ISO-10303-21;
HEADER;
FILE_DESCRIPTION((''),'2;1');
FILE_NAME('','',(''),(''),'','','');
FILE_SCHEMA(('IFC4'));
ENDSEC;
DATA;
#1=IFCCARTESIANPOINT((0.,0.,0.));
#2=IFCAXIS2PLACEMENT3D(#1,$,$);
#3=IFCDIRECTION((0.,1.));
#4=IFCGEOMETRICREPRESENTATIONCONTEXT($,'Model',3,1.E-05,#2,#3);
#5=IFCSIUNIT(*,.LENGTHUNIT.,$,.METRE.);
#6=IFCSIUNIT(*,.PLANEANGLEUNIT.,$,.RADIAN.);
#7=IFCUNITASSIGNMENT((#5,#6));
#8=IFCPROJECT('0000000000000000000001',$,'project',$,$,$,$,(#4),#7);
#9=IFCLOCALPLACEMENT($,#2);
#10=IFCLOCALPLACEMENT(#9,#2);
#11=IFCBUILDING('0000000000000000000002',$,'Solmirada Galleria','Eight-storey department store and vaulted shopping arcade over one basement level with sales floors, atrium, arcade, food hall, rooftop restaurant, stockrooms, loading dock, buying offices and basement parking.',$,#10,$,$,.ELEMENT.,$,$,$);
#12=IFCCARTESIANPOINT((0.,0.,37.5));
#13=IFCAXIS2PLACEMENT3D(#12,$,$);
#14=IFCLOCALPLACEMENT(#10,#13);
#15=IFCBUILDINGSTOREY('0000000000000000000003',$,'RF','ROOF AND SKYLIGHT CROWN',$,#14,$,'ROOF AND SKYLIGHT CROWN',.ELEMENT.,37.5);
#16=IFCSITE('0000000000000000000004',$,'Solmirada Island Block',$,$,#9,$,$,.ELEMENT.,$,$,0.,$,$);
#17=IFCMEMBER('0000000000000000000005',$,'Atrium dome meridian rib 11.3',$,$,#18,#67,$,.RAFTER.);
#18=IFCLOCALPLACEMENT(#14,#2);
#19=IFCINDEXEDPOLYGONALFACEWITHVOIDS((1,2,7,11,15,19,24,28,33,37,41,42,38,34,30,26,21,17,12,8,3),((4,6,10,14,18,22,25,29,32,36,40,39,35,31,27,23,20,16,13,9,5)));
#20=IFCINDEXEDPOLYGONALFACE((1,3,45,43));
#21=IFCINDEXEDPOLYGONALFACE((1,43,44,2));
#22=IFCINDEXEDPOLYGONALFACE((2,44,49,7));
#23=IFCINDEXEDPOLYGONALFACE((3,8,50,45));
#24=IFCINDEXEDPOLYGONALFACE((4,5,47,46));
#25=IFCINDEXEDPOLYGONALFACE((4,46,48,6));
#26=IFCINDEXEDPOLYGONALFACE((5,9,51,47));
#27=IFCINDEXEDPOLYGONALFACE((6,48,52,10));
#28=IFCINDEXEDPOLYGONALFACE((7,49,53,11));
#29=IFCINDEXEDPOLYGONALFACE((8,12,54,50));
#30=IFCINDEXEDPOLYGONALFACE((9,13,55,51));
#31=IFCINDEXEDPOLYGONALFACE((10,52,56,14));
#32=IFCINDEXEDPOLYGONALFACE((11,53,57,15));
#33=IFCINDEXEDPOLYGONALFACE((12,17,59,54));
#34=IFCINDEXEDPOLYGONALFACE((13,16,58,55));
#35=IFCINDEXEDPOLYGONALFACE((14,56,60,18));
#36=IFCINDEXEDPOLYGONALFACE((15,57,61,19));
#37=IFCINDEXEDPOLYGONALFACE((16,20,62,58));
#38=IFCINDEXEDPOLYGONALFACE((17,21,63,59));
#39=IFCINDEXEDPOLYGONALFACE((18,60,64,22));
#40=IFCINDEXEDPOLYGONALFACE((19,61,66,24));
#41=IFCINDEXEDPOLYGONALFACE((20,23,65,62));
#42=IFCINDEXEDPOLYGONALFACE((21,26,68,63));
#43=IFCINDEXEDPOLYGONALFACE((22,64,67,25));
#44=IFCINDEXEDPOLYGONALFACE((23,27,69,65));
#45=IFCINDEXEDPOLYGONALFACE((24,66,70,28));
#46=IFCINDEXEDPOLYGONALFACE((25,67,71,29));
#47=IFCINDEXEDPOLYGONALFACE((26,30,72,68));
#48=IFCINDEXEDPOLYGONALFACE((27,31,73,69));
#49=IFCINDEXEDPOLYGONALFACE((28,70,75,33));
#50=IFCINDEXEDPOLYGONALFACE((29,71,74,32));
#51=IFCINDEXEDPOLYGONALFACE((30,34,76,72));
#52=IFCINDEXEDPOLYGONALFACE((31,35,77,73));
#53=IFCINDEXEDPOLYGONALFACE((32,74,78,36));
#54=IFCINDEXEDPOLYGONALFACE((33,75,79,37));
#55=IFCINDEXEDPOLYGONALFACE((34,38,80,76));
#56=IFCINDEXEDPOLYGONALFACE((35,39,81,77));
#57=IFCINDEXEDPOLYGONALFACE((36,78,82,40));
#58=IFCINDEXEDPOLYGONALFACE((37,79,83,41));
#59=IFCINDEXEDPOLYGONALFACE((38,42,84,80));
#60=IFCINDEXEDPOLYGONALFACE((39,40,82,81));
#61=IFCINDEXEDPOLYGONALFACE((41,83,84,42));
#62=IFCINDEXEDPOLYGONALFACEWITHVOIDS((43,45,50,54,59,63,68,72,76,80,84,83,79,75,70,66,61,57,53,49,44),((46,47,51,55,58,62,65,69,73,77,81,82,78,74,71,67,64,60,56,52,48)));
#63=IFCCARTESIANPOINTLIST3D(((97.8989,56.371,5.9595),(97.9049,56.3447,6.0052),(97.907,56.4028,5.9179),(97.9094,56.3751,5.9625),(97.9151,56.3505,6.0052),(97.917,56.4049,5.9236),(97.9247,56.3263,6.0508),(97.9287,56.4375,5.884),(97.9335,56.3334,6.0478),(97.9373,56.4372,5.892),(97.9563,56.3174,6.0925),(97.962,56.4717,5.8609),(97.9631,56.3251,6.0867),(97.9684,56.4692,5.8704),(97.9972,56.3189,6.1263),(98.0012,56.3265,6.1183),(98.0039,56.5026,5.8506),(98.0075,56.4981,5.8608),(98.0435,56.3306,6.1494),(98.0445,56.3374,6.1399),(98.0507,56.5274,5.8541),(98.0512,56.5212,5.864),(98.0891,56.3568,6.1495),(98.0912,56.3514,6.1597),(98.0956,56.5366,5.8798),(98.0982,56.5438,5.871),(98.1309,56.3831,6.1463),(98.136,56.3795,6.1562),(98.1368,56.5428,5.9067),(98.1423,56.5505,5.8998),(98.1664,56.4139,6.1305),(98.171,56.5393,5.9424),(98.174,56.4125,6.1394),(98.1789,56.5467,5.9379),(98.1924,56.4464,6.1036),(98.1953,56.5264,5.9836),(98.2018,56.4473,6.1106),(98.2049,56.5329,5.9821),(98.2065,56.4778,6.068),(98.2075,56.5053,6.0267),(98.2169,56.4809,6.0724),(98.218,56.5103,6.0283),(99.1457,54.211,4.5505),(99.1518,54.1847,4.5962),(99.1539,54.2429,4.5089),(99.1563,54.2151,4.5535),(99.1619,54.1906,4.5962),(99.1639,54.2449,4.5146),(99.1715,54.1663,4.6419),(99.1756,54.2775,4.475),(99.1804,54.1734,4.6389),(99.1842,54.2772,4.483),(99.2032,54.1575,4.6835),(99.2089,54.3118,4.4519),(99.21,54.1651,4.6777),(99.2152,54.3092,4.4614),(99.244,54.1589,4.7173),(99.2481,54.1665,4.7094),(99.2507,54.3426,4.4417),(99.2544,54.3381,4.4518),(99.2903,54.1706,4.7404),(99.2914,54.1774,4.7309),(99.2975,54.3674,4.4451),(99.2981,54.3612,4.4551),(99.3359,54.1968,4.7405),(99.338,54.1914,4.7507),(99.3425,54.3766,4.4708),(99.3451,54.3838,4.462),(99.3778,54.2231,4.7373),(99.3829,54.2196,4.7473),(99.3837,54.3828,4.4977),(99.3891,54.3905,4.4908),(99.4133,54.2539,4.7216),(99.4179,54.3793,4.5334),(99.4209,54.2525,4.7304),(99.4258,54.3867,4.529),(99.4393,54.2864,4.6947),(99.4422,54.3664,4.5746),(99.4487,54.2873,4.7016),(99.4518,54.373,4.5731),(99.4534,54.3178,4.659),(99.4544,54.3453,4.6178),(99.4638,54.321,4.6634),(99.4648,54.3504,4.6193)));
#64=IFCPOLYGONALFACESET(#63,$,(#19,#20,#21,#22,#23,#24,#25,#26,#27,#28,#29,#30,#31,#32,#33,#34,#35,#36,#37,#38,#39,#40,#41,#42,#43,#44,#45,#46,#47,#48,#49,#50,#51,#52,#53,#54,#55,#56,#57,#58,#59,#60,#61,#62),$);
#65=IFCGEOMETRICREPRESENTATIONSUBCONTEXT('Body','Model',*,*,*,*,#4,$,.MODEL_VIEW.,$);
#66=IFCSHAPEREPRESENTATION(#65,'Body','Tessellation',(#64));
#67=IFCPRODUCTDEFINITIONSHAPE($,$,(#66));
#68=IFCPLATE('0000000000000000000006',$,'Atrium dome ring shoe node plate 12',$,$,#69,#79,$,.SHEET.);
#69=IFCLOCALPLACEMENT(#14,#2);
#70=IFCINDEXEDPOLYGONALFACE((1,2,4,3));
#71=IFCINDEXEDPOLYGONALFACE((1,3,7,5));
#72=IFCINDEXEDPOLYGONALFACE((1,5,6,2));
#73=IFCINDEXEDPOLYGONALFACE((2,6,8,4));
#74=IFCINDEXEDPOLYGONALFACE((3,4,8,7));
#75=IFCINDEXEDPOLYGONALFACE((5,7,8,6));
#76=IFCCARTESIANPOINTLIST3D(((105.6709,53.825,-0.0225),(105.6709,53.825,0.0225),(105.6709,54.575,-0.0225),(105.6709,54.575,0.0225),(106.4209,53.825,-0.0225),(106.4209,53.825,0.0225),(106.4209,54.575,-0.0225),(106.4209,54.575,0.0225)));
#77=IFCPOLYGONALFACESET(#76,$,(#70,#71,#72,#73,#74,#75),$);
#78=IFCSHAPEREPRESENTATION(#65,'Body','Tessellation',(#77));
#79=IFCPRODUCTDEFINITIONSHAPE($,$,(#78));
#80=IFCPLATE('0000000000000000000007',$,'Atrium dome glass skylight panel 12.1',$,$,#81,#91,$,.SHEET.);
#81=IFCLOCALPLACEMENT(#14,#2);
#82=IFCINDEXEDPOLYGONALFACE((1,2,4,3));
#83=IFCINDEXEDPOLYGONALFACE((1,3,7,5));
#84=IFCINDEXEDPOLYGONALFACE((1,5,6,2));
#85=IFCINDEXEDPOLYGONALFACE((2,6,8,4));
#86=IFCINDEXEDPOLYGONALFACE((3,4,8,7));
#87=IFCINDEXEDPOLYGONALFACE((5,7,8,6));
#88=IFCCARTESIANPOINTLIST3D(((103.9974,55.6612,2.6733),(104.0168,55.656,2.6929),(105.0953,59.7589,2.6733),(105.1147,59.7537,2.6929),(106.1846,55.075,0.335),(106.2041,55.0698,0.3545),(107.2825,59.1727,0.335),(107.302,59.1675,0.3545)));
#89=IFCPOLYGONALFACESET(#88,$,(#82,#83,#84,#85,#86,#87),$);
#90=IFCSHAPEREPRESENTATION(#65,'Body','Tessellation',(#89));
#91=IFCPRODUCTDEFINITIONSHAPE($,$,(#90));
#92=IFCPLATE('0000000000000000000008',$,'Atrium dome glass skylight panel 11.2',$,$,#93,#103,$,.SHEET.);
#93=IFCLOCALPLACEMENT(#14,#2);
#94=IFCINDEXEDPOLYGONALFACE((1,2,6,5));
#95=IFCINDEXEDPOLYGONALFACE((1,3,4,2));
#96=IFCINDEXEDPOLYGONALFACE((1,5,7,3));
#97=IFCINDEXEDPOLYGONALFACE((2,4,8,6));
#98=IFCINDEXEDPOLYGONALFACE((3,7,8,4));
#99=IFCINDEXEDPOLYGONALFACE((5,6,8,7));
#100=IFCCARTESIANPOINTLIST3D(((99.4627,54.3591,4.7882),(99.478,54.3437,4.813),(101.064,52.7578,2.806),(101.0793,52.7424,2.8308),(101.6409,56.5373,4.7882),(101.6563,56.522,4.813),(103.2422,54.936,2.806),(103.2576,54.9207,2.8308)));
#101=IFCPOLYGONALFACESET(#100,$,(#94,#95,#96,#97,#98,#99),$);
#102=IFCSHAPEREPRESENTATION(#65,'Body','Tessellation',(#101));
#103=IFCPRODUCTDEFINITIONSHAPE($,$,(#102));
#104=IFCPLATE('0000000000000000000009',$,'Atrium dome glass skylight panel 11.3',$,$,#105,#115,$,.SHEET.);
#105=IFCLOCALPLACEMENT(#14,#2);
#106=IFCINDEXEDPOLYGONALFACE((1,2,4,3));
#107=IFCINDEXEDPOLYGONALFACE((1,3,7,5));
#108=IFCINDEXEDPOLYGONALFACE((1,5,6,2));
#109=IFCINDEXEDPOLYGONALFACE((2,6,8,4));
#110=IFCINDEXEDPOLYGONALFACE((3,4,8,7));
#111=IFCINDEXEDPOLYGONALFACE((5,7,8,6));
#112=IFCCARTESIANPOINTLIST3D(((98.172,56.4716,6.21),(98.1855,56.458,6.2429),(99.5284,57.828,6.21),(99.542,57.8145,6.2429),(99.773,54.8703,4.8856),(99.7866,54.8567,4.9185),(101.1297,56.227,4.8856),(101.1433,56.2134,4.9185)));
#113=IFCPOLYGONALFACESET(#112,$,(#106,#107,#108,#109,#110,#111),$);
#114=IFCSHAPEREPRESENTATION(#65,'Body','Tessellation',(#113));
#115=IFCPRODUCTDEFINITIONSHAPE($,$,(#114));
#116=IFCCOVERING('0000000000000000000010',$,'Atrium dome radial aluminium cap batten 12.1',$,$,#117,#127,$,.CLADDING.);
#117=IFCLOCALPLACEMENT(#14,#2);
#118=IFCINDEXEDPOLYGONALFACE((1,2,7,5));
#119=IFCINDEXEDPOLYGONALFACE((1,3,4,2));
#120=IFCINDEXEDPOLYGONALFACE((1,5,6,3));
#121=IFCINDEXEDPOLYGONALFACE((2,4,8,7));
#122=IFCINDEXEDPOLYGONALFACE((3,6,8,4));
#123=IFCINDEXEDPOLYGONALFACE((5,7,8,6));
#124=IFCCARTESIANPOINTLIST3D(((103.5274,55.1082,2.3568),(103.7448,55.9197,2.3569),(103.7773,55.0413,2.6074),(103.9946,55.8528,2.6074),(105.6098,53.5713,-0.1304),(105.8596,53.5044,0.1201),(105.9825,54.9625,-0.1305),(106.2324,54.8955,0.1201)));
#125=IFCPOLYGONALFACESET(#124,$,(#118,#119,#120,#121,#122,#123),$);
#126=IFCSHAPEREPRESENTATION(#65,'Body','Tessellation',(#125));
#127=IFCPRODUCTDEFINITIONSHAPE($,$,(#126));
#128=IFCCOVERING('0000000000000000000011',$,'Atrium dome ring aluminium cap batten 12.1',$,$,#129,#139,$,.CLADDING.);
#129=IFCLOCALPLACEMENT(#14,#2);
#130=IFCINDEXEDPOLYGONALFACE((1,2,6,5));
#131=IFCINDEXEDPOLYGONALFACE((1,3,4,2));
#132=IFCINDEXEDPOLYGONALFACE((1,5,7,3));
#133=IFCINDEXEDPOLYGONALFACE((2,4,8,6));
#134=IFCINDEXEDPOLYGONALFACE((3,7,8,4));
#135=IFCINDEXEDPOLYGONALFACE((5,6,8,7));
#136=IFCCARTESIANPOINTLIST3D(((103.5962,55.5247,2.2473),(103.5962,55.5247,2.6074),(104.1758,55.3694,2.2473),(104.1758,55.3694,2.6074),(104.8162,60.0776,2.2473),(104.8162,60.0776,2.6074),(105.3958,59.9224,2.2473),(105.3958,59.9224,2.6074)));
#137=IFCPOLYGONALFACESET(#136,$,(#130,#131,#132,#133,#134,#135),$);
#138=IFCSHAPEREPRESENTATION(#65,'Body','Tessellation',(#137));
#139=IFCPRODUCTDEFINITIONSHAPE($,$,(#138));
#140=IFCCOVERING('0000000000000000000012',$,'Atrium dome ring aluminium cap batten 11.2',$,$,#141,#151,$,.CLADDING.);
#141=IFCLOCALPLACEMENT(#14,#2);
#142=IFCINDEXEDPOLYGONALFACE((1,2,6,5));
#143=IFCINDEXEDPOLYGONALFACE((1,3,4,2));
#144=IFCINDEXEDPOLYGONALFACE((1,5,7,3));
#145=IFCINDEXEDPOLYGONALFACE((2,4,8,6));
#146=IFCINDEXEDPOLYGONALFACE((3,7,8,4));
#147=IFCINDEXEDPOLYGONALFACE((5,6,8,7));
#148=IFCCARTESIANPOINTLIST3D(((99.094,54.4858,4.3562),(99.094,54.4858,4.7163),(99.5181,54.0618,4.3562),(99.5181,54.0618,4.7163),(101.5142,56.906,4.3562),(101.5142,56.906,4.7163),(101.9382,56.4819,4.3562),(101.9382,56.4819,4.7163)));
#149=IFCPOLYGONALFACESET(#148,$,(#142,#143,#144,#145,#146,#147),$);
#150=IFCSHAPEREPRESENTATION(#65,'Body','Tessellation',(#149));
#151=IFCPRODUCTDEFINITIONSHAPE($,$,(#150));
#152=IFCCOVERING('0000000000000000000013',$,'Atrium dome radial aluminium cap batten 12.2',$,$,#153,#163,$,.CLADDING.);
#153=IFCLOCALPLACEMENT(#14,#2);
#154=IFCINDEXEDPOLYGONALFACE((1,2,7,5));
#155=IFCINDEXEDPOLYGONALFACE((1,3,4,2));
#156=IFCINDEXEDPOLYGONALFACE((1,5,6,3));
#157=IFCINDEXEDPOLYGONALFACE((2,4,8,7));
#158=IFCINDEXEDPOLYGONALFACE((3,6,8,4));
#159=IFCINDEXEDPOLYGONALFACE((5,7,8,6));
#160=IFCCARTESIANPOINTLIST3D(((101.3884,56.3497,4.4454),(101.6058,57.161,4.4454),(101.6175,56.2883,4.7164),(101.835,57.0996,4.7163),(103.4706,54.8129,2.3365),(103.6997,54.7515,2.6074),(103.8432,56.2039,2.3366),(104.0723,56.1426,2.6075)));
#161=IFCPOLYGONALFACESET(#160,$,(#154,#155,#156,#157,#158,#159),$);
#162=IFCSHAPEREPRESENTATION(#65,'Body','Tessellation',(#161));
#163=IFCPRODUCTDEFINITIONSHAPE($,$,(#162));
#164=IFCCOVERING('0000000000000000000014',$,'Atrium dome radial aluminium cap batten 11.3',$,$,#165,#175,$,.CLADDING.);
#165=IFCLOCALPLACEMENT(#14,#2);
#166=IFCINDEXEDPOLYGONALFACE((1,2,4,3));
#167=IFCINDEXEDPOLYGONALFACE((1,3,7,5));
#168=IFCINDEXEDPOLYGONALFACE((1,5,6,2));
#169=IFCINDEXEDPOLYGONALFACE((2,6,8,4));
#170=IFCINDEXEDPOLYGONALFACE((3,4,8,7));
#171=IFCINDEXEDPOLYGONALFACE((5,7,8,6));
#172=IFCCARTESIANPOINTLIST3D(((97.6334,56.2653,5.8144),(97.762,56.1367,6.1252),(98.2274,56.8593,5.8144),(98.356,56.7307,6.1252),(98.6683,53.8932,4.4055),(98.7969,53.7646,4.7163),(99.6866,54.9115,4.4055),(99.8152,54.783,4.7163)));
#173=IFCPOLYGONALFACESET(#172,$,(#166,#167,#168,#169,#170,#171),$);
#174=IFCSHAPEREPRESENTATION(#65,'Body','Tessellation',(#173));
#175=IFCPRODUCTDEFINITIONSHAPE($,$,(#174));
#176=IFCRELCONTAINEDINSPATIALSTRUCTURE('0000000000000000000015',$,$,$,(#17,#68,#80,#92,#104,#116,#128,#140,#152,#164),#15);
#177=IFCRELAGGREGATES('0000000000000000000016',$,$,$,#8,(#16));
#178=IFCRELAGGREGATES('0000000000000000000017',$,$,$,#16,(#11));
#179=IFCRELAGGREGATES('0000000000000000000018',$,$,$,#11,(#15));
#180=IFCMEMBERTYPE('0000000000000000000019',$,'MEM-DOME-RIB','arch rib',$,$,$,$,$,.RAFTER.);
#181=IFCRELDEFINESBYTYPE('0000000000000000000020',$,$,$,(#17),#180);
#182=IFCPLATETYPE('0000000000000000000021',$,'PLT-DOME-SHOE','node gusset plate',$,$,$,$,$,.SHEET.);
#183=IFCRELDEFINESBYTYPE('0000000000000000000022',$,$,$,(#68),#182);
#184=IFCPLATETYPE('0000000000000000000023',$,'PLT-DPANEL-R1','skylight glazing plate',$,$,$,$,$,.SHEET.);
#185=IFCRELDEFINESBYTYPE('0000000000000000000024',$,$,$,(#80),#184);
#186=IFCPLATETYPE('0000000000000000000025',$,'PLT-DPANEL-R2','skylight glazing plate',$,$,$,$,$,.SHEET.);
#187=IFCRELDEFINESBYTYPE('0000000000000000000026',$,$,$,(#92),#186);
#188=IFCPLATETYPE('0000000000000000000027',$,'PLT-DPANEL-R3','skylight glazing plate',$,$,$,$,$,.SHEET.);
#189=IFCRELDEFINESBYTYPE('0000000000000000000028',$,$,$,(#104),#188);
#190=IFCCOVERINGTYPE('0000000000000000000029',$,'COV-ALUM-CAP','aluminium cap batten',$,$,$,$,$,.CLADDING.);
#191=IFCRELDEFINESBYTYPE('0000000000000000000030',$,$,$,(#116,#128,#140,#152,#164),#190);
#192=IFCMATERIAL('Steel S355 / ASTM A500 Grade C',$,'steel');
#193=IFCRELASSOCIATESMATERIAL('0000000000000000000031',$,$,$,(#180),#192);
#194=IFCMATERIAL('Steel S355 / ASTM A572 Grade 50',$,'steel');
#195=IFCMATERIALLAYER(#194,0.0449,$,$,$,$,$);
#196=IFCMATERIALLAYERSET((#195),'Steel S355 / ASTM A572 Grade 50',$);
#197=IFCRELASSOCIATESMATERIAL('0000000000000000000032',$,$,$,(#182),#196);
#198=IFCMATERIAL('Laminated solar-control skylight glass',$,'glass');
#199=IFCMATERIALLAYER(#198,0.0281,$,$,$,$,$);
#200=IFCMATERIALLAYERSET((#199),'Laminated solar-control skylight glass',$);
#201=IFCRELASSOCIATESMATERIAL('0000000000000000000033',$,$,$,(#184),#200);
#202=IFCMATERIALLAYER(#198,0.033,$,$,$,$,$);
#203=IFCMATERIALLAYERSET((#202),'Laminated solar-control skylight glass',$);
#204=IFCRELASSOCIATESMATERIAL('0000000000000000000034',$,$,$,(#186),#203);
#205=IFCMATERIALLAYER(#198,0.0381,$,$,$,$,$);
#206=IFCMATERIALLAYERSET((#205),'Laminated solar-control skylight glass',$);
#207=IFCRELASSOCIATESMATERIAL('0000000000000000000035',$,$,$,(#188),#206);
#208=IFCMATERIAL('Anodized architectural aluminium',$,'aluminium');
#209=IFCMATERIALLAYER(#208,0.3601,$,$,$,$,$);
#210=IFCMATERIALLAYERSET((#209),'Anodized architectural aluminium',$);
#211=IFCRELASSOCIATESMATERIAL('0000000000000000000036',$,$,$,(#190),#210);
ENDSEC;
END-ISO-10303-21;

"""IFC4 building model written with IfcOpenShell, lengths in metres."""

from ifc_helpers import new_model, si_unit, direction, frame, origin, origin_2d, place, context, subcontext, project, spatial, polyline, rectangle, hollow_circle, outline, extrude, material, layer, layer_set, material_profile, profile_set, type_object, element, save


model = new_model("IFC4")

# Units and contexts
model_context = context("Model", 3, precision=1e-05, world=origin(), true_north=direction((0.0, 1.0)))
body_context = subcontext(model_context, "Body", "Model", "MODEL_VIEW")
ifc_project = project(units=[si_unit("LENGTHUNIT", "METRE"), si_unit("PLANEANGLEUNIT", "RADIAN")], contexts=[model_context])

# Site, building, storey
site_placement = place(None, origin())
site = spatial("IfcSite", under=ifc_project, at=site_placement, Name="Solmirada Island Block", CompositionType="ELEMENT", RefElevation=0.0)
building_placement = place(site_placement, origin())
building = spatial("IfcBuilding", under=site, at=building_placement, Name="Solmirada Galleria", Description="Eight-storey department store and vaulted shopping arcade over one basement level with sales floors, atrium, arcade, food hall, rooftop restaurant, stockrooms, loading dock, buying offices and basement parking.", CompositionType="ELEMENT")
storey_placement = place(building_placement, frame((0.0, 0.0, 37.5)))
storey = spatial("IfcBuildingStorey", under=building, at=storey_placement, Name="RF", Description="ROOF AND SKYLIGHT CROWN", LongName="ROOF AND SKYLIGHT CROWN", CompositionType="ELEMENT", Elevation=37.5)

# Member
ifc_material_1 = material(Name="Steel S355 / ASTM A500 Grade C", Category="steel")
ifc_material_profile_1 = material_profile(ifc_material_1, hollow_circle(Radius=0.178, WallThickness=0.0117, at=origin_2d()), Name="HSS14.000X0.500")
ifc_profile_set_1 = profile_set([ifc_material_profile_1], Name="Steel S355 / ASTM A500 Grade C")
member_type_1 = type_object("IfcMemberType", Name="MEM-DOME-RIB", Description="arch rib", PredefinedType="RAFTER", material=ifc_profile_set_1)
member_1_placement = place(storey_placement, frame((99.3059, 54.2737, 4.5962), z_axis=(-0.435281, 0.754049, 0.491875), x_axis=(-0.86606, -0.49994, 0.0)))
element("IfcMember", 1, at=member_1_placement, inside=storey, type_object=member_type_1, Name="Atrium dome meridian rib 11.3", PredefinedType="RAFTER", context=body_context, shape_type="SweptSolid", body=[
    extrude(hollow_circle(Radius=0.178, WallThickness=0.0117, at=origin_2d()), origin(), (0.0, 0.0, 1.0), 2.8645),
])

# Plates
ifc_material_2 = material(Name="Steel S355 / ASTM A572 Grade 50", Category="steel")
ifc_layer_1 = layer(ifc_material_2, 0.0449)
ifc_layer_set_1 = layer_set([ifc_layer_1], Name="Steel S355 / ASTM A572 Grade 50")
plate_type_1 = type_object("IfcPlateType", Name="PLT-DOME-SHOE", Description="node gusset plate", PredefinedType="SHEET", material=ifc_layer_set_1)
plate_1_placement = place(storey_placement, frame((106.0459, 54.2, -0.0225), z_axis=(0.0, 0.0, 1.0), x_axis=(1.0, 0.0, 0.0)))
element("IfcPlate", 2, at=plate_1_placement, inside=storey, type_object=plate_type_1, Name="Atrium dome ring shoe node plate 12", PredefinedType="SHEET", context=body_context, shape_type="SweptSolid", body=[
    extrude(rectangle(XDim=0.75, YDim=0.75, at=origin_2d()), origin(), (0.0, 0.0, 1.0), 0.0449),
])
ifc_material_3 = material(Name="Laminated solar-control skylight glass", Category="glass")
ifc_layer_2 = layer(ifc_material_3, 0.0281)
ifc_layer_set_2 = layer_set([ifc_layer_2], Name="Laminated solar-control skylight glass")
plate_type_2 = type_object("IfcPlateType", Name="PLT-DPANEL-R1", Description="skylight glazing plate", PredefinedType="SHEET", material=ifc_layer_set_2)
plate_2_placement = place(storey_placement, frame((106.2041, 55.0698, 0.3545), z_axis=(0.693897, -0.185919, 0.695658), x_axis=(0.258805, 0.96593, 0.0)))
element("IfcPlate", 3, at=plate_2_placement, inside=storey, type_object=plate_type_2, Name="Atrium dome glass skylight panel 12.1", PredefinedType="SHEET", context=body_context, shape_type="SweptSolid", body=[
    extrude(outline(polyline([(0.0, 0.0), (4.2422, 0.0), (4.2423, 3.2551), (0.0001, 3.2551), (0.0, 0.0)])), origin(), (0.0, 0.0, -1.0), 0.0281),
])
ifc_layer_3 = layer(ifc_material_3, 0.033)
ifc_layer_set_3 = layer_set([ifc_layer_3], Name="Laminated solar-control skylight glass")
plate_type_3 = type_object("IfcPlateType", Name="PLT-DPANEL-R2", Description="skylight glazing plate", PredefinedType="SHEET", material=ifc_layer_set_3)
plate_3_placement = place(storey_placement, frame((101.0793, 52.7424, 2.8308), z_axis=(0.465719, -0.465719, 0.75247), x_axis=(0.707107, 0.707107, 0.0)))
element("IfcPlate", 4, at=plate_3_placement, inside=storey, type_object=plate_type_3, Name="Atrium dome glass skylight panel 11.2", PredefinedType="SHEET", context=body_context, shape_type="SweptSolid", body=[
    extrude(outline(polyline([(0.0, 0.0), (3.0805, 0.0), (3.0805, 3.0096), (0.0, 3.0096), (0.0, 0.0)])), origin(), (0.0, 0.0, -1.0), 0.033),
])
ifc_layer_4 = layer(ifc_material_3, 0.0381)
ifc_layer_set_4 = layer_set([ifc_layer_4], Name="Laminated solar-control skylight glass")
plate_type_4 = type_object("IfcPlateType", Name="PLT-DPANEL-R3", Description="skylight glazing plate", PredefinedType="SHEET", material=ifc_layer_set_4)
plate_4_placement = place(storey_placement, frame((99.7866, 54.8567, 4.9185), z_axis=(0.357003, -0.357003, 0.86319), x_axis=(0.707107, 0.707107, 0.0)))
element("IfcPlate", 5, at=plate_4_placement, inside=storey, type_object=plate_type_4, Name="Atrium dome glass skylight panel 11.3", PredefinedType="SHEET", context=body_context, shape_type="SweptSolid", body=[
    extrude(outline(polyline([(0.0, 0.0), (1.9186, 0.0), (1.9185, 2.6233), (0.0002, 2.6233), (0.0, 0.0)])), origin(), (0.0, 0.0, -1.0), 0.0381),
])

# Coverings
ifc_material_4 = material(Name="Anodized architectural aluminium", Category="aluminium")
ifc_layer_5 = layer(ifc_material_4, 0.3601)
ifc_layer_set_5 = layer_set([ifc_layer_5], Name="Anodized architectural aluminium")
covering_type = type_object("IfcCoveringType", Name="COV-ALUM-CAP", Description="aluminium cap batten", PredefinedType="CLADDING", material=ifc_layer_set_5)
covering_1_placement = place(storey_placement, frame((105.8596, 53.5044, 0.1201), z_axis=(0.693832, -0.185878, 0.695735), x_axis=(0.258814, 0.965927, -0.000041)))
element("IfcCovering", 6, at=covering_1_placement, inside=storey, type_object=covering_type, Name="Atrium dome radial aluminium cap batten 12.1", PredefinedType="CLADDING", context=body_context, shape_type="SweptSolid", body=[
    extrude(outline(polyline([(0.0, 0.0), (1.4402, 0.0), (1.7856, 3.4629), (0.9455, 3.4627), (0.0, 0.0)])), origin(), (0.0, 0.0, -1.0), 0.3601),
])
covering_2_placement = place(storey_placement, frame((104.1758, 55.3694, 2.6074), z_axis=(0.0, 0.0, 1.0), x_axis=(-0.965937, 0.258777, 0.0)))
element("IfcCovering", 7, at=covering_2_placement, inside=storey, type_object=covering_type, Name="Atrium dome ring aluminium cap batten 12.1", PredefinedType="CLADDING", context=body_context, shape_type="SweptSolid", body=[
    extrude(outline(polyline([(0.0, 0.0), (0.6, 0.0), (0.5998, -4.7136), (-0.0002, -4.7136), (0.0, 0.0)])), origin(), (0.0, 0.0, -1.0), 0.3601),
])
covering_3_placement = place(storey_placement, frame((99.5181, 54.0618, 4.7163), z_axis=(0.0, 0.0, 1.0), x_axis=(-0.707107, 0.707107, 0.0)))
element("IfcCovering", 8, at=covering_3_placement, inside=storey, type_object=covering_type, Name="Atrium dome ring aluminium cap batten 11.2", PredefinedType="CLADDING", context=body_context, shape_type="SweptSolid", body=[
    extrude(outline(polyline([(0.0, 0.0), (0.5997, 0.0), (0.5997, -3.4226), (0.0, -3.4226), (0.0, 0.0)])), origin(), (0.0, 0.0, -1.0), 0.3601),
])
covering_4_placement = place(storey_placement, frame((103.6997, 54.7515, 2.6074), z_axis=(0.636254, -0.170472, 0.752409), x_axis=(0.258742, 0.965946, 0.000054)))
element("IfcCovering", 9, at=covering_4_placement, inside=storey, type_object=covering_type, Name="Atrium dome radial aluminium cap batten 12.2", PredefinedType="CLADDING", context=body_context, shape_type="SweptSolid", body=[
    extrude(outline(polyline([(0.0, 0.0), (1.4401, 0.0), (1.7858, 3.2015), (0.9459, 3.2016), (0.0, 0.0)])), origin(), (0.0, 0.0, -1.0), 0.3601),
])
covering_5_placement = place(storey_placement, frame((98.7969, 53.7646, 4.7163), z_axis=(0.356976, -0.356976, 0.863213), x_axis=(0.707107, 0.707107, 0.0)))
element("IfcCovering", 10, at=covering_5_placement, inside=storey, type_object=covering_type, Name="Atrium dome radial aluminium cap batten 11.3", PredefinedType="CLADDING", context=body_context, shape_type="SweptSolid", body=[
    extrude(outline(polyline([(0.0, 0.0), (1.4401, 0.0), (1.7855, 2.7909), (0.9455, 2.7909), (0.0, 0.0)])), origin(), (0.0, 0.0, -1.0), 0.3601),
])

save(model, "model.ifc")
